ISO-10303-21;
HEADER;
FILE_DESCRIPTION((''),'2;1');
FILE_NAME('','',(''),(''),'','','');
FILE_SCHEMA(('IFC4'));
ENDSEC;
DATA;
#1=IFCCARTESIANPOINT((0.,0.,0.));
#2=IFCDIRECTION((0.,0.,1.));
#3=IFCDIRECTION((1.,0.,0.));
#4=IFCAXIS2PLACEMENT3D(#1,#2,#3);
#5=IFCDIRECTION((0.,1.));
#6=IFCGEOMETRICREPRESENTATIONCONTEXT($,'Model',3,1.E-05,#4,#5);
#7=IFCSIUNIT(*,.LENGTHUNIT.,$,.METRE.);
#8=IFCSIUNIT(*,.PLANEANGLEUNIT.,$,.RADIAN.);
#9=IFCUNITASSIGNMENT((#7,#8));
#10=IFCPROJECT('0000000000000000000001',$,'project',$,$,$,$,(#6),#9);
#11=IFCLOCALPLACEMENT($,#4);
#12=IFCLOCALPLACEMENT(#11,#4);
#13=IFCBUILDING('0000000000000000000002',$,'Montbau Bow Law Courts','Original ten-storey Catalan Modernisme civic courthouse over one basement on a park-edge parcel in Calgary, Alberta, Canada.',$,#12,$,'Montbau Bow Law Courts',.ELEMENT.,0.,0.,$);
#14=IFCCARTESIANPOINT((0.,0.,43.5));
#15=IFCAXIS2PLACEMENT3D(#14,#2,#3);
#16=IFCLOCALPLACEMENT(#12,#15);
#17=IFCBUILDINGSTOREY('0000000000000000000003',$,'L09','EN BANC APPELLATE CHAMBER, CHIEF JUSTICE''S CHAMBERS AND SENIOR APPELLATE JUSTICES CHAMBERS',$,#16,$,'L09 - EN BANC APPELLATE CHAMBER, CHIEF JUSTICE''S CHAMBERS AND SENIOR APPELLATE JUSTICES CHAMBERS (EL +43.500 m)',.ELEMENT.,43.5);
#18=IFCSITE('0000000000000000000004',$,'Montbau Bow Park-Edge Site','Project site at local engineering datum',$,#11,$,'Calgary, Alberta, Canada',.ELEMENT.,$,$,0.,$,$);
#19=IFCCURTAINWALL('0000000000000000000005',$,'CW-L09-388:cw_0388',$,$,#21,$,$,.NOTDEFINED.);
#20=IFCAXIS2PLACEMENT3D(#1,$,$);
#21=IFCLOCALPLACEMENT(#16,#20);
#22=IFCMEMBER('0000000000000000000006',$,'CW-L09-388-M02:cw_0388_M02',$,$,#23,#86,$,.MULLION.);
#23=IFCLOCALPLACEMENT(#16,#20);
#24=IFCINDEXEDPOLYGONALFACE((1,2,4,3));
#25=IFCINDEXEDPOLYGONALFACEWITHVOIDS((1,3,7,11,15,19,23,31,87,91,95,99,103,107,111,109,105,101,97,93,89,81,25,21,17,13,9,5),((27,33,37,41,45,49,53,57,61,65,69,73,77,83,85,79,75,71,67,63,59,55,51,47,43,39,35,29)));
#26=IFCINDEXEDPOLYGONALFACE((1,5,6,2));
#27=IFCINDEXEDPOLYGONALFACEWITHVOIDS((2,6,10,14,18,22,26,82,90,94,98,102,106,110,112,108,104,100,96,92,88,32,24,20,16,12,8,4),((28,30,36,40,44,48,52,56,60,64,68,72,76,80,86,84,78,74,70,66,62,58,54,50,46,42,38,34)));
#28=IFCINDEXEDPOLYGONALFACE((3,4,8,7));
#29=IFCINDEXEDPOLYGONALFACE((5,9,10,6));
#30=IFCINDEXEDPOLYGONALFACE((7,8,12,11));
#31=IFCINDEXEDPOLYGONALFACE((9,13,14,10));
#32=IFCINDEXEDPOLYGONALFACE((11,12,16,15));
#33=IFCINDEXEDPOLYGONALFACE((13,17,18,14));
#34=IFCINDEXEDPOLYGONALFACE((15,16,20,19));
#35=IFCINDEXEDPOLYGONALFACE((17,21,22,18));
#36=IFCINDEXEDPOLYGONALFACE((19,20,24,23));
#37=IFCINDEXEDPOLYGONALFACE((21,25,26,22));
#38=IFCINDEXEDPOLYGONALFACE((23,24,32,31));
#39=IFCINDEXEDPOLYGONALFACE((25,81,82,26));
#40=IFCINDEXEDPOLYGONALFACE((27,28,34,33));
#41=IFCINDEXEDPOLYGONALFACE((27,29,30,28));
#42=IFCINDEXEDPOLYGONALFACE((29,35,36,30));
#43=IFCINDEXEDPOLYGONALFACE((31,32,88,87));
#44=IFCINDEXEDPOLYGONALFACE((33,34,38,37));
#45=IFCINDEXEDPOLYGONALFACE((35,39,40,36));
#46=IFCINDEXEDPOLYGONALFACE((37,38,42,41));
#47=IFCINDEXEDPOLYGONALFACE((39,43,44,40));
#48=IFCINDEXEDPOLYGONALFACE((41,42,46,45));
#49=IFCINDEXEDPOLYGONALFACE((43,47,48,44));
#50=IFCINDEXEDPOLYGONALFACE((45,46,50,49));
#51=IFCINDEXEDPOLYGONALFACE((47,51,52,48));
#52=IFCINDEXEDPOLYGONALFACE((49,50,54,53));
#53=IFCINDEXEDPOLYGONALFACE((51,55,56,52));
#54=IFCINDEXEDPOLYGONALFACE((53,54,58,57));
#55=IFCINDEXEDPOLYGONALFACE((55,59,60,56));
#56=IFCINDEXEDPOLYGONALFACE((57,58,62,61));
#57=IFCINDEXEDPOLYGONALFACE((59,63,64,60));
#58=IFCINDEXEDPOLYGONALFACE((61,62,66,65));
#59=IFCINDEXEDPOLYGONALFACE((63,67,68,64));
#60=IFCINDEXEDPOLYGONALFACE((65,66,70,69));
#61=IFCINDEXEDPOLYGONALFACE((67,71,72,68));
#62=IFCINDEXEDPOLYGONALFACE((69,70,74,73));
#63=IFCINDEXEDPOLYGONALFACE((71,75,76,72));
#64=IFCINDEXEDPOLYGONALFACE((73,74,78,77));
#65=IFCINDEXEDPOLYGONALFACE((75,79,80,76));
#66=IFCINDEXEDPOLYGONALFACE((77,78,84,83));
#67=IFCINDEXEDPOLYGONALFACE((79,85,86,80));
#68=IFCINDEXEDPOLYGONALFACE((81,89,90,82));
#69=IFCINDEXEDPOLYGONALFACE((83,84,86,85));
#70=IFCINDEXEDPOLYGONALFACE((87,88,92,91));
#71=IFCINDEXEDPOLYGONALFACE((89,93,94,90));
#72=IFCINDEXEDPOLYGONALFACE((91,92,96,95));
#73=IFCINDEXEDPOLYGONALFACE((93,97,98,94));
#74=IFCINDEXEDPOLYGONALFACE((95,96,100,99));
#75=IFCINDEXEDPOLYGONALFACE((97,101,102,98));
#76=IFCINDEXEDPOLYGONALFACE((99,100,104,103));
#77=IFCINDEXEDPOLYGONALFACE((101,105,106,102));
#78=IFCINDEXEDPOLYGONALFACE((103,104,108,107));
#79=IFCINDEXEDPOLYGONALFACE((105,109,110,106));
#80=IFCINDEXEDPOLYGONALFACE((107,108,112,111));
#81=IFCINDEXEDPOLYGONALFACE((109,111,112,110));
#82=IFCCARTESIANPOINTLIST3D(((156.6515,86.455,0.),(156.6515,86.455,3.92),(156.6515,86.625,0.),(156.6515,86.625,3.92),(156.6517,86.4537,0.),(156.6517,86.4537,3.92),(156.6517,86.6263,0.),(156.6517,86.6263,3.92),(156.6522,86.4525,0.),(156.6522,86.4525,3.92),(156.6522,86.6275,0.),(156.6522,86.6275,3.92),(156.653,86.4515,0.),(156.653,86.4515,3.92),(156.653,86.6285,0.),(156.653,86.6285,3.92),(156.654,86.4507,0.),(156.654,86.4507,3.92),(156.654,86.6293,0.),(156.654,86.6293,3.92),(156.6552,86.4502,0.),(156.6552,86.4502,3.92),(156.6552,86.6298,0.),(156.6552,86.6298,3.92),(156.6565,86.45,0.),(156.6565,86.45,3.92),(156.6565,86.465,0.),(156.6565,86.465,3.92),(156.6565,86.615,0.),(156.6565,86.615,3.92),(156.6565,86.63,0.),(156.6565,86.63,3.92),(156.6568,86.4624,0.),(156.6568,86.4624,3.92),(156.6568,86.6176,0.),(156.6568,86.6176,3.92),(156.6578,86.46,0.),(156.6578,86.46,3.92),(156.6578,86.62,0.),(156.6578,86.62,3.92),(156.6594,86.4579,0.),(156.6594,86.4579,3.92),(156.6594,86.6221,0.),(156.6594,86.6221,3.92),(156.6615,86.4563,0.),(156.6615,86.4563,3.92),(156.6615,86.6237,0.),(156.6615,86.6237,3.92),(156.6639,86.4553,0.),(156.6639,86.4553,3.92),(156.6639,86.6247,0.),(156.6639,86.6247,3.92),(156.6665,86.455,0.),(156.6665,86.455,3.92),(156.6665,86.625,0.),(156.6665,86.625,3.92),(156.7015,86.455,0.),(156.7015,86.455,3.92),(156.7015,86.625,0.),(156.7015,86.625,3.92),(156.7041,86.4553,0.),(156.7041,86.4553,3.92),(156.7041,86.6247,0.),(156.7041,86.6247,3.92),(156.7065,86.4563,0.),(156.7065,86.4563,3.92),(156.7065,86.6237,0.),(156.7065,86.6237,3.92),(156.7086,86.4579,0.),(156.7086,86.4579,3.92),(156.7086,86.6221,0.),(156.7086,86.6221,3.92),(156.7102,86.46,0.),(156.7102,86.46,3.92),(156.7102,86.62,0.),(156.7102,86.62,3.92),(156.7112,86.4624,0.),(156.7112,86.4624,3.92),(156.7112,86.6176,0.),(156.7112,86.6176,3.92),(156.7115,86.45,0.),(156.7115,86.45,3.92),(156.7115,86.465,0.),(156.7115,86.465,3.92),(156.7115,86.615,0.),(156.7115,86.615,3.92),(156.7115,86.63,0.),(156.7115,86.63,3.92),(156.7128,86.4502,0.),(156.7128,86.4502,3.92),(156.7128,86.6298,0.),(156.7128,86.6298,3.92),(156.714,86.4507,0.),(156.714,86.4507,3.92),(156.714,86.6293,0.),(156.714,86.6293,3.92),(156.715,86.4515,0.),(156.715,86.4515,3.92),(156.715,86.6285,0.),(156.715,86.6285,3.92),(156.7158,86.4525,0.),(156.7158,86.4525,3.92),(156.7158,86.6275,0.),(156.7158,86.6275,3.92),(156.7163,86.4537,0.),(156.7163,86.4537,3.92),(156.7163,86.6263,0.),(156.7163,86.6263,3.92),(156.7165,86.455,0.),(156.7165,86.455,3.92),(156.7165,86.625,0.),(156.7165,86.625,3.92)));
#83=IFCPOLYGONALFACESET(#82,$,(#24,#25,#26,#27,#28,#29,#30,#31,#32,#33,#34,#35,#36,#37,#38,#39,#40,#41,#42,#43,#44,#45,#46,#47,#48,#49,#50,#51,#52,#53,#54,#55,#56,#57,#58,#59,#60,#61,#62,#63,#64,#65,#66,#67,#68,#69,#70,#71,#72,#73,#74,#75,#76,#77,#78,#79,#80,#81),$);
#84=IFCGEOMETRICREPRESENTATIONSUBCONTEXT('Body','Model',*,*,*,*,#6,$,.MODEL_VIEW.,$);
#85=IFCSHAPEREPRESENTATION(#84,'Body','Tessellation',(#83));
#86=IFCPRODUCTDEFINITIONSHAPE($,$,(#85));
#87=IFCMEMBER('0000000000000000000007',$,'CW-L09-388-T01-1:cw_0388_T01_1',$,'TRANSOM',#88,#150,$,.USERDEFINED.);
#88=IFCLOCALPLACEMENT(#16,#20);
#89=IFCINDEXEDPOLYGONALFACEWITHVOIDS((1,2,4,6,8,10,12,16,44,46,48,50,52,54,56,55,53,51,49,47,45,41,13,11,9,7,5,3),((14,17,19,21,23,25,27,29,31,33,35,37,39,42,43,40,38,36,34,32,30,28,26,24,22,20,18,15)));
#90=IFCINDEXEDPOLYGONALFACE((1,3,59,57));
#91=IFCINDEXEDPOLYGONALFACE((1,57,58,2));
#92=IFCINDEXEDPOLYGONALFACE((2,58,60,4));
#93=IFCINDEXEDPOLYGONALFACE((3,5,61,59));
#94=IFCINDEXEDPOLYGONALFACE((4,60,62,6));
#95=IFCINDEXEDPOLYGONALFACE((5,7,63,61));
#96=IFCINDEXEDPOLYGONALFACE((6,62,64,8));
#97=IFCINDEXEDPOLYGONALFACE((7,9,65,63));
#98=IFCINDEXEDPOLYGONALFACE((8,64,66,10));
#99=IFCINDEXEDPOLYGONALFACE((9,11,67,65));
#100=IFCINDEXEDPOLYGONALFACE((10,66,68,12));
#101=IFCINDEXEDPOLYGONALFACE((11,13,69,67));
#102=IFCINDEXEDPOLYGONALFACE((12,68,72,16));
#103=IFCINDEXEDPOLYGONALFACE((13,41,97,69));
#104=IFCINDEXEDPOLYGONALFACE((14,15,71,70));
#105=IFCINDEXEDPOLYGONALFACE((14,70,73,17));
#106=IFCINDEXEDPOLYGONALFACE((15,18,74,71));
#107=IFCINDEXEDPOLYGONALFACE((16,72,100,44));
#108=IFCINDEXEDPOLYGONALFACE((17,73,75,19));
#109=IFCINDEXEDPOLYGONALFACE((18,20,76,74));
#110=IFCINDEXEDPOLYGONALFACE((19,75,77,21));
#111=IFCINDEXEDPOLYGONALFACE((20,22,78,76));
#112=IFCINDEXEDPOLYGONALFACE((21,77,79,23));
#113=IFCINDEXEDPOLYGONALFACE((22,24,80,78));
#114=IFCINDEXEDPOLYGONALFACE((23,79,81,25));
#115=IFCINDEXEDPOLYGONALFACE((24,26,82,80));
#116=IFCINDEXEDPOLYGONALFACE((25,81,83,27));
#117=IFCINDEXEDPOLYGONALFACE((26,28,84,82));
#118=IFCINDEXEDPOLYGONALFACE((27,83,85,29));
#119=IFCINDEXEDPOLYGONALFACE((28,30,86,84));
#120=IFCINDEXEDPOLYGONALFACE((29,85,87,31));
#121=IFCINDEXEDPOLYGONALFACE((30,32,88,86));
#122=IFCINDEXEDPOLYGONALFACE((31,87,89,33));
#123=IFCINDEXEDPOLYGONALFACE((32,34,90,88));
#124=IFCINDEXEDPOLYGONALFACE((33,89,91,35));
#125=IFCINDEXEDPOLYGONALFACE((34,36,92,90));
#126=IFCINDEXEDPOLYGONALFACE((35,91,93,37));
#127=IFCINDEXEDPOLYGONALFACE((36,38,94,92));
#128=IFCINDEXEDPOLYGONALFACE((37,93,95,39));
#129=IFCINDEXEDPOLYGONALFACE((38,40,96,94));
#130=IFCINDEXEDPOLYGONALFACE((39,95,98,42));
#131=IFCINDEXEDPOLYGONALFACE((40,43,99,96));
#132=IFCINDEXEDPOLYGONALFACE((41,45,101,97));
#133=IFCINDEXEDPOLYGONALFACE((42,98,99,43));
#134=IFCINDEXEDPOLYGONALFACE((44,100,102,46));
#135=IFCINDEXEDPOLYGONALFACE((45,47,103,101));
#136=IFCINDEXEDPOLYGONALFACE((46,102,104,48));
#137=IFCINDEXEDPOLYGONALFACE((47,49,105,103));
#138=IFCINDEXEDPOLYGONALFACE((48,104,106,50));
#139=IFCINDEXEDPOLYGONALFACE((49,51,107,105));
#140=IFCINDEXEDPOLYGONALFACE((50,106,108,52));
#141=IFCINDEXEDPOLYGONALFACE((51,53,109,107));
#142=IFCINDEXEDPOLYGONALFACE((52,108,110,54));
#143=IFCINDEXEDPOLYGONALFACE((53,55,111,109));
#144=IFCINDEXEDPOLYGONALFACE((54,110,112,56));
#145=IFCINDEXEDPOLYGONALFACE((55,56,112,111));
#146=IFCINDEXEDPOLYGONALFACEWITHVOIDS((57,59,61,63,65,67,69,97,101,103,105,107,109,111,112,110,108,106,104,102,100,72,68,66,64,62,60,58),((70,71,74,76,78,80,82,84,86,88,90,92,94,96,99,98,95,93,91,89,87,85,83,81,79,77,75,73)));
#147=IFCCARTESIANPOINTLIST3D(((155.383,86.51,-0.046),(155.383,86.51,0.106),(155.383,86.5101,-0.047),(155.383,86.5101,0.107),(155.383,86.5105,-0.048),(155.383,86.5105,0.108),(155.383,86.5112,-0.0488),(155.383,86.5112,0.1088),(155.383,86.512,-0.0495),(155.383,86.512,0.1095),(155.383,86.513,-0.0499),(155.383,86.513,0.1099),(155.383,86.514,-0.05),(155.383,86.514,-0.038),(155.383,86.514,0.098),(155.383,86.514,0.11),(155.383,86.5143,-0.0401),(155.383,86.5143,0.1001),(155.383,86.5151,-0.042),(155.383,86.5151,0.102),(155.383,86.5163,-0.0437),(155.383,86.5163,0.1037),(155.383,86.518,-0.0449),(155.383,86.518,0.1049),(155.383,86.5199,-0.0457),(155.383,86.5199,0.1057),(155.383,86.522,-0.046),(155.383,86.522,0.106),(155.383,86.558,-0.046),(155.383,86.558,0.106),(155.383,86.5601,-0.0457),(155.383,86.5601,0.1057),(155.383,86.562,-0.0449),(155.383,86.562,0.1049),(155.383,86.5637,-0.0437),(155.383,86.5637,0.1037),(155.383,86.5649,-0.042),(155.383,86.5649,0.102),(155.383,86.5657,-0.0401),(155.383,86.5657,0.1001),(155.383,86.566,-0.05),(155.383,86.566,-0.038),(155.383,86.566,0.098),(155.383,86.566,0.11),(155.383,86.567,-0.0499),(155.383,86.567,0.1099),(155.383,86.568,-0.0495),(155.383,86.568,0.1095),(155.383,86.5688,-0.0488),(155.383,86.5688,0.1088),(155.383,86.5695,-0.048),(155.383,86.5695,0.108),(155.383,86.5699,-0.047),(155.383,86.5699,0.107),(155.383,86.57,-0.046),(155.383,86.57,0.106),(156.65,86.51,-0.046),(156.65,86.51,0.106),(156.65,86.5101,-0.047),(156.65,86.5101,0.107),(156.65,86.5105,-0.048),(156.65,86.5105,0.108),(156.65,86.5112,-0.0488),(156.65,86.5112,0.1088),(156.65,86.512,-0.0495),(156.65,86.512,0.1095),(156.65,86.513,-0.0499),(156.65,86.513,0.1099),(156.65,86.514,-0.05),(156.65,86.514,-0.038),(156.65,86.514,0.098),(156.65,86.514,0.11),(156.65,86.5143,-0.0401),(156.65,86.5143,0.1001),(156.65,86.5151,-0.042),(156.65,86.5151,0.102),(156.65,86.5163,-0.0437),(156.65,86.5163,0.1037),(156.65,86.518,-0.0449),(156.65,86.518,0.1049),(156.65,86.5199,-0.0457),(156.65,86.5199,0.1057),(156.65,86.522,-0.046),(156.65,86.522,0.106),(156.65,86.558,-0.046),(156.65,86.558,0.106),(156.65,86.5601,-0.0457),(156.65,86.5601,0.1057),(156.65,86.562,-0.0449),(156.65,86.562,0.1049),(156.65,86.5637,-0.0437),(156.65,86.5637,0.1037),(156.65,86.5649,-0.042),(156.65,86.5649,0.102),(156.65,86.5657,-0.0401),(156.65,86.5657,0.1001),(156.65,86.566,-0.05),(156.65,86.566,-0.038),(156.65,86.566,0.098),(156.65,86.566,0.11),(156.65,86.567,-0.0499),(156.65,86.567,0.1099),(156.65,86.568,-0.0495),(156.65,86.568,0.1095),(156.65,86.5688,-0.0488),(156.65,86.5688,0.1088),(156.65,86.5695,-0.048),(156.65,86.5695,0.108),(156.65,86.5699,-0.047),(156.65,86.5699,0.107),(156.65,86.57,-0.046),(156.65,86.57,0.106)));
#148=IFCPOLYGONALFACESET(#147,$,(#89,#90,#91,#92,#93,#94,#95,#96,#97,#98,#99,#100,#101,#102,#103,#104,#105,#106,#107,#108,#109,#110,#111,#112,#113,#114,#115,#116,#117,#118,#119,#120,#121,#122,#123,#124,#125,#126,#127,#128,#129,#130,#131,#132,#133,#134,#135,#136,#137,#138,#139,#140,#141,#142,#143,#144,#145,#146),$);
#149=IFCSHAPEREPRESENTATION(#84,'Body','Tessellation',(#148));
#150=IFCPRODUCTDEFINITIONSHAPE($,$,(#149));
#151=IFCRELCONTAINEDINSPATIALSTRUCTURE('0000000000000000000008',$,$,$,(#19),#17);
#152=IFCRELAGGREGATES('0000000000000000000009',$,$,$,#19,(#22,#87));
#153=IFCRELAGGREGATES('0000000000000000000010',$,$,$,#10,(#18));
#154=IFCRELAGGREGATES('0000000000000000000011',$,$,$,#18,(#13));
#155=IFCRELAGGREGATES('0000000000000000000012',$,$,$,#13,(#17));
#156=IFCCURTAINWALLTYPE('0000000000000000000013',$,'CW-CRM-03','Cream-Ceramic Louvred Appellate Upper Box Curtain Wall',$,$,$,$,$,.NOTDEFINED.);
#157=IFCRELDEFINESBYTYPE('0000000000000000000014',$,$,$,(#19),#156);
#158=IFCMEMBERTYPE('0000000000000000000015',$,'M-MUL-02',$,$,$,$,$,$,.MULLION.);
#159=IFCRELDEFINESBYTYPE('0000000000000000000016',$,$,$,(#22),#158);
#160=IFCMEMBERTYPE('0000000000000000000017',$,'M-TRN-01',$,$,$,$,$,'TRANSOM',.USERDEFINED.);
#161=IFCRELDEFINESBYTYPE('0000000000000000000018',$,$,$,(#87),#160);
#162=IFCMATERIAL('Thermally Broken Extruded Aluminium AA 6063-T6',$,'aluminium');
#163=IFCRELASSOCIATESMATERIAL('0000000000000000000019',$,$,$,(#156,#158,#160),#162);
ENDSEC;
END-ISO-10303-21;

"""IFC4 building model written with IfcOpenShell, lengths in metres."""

from ifc_helpers import new_model, si_unit, direction, frame, origin_with_axes, origin_2d_with_axis, place, context, subcontext, project, spatial, hollow_rectangle, extrude, material, material_profile, profile_set, type_object, element, aggregate, save


model = new_model("IFC4")

# Units and contexts
model_context = context("Model", 3, precision=1e-05, world=origin_with_axes(), true_north=direction((0.0, 1.0)))
body_context = subcontext(model_context, "Body", "Model", "MODEL_VIEW")
ifc_project = project(units=[si_unit("LENGTHUNIT", "METRE"), si_unit("PLANEANGLEUNIT", "RADIAN")], contexts=[model_context])

# Site, building, storey
site_placement = place(None, origin_with_axes())
site = spatial("IfcSite", under=ifc_project, at=site_placement, Name="Montbau Bow Park-Edge Site", Description="Project site at local engineering datum", LongName="Calgary, Alberta, Canada", CompositionType="ELEMENT", RefElevation=0.0)
building_placement = place(site_placement, origin_with_axes())
building = spatial("IfcBuilding", under=site, at=building_placement, Name="Montbau Bow Law Courts", Description="Original ten-storey Catalan Modernisme civic courthouse over one basement on a park-edge parcel in Calgary, Alberta, Canada.", LongName="Montbau Bow Law Courts", CompositionType="ELEMENT", ElevationOfRefHeight=0.0, ElevationOfTerrain=0.0)
storey_placement = place(building_placement, frame((0.0, 0.0, 43.5), z_axis=(0.0, 0.0, 1.0), x_axis=(1.0, 0.0, 0.0)))
storey = spatial("IfcBuildingStorey", under=building, at=storey_placement, Name="L09", Description="EN BANC APPELLATE CHAMBER, CHIEF JUSTICE'S CHAMBERS AND SENIOR APPELLATE JUSTICES CHAMBERS", LongName="L09 - EN BANC APPELLATE CHAMBER, CHIEF JUSTICE'S CHAMBERS AND SENIOR APPELLATE JUSTICES CHAMBERS (EL +43.500 m)", CompositionType="ELEMENT", Elevation=43.5)

# Curtain wall, members
ifc_material_1 = material(Name="Thermally Broken Extruded Aluminium AA 6063-T6", Category="aluminium")
curtain_wall_type = type_object("IfcCurtainWallType", Name="CW-CRM-03", Description="Cream-Ceramic Louvred Appellate Upper Box Curtain Wall", PredefinedType="NOTDEFINED", material=ifc_material_1)
curtain_wall_placement = place(None, frame((155.315, 86.54, 43.5), z_axis=(0.0, 0.0, 1.0), x_axis=(1.0, 0.0, 0.0)))
curtain_wall = element("IfcCurtainWall", 1, at=curtain_wall_placement, inside=storey, type_object=curtain_wall_type, Name="CW-L09-388:cw_0388", PredefinedType="NOTDEFINED")
ifc_material_profile_1 = material_profile(ifc_material_1, hollow_rectangle(XDim=0.065, YDim=0.18, WallThickness=0.005, InnerFilletRadius=0.01, OuterFilletRadius=0.005, at=origin_2d_with_axis()), Name="CWM-180X65", Category="Main", Priority=0)
ifc_profile_set_1 = profile_set([ifc_material_profile_1], Name="Thermally Broken Extruded Aluminium AA 6063-T6")
member_type_1 = type_object("IfcMemberType", Name="M-MUL-02", PredefinedType="MULLION", material=ifc_profile_set_1)
member_1_placement = place(None, frame((156.684, 86.54, 43.5), z_axis=(0.0, 0.0, 1.0), x_axis=(1.0, 0.0, 0.0)))
member_1 = element("IfcMember", 2, at=member_1_placement, type_object=member_type_1, Name="CW-L09-388-M02:cw_0388_M02", PredefinedType="MULLION", context=body_context, shape_type="SweptSolid", body=[
    extrude(hollow_rectangle(XDim=0.065, YDim=0.18, WallThickness=0.005, InnerFilletRadius=0.01, OuterFilletRadius=0.005, at=origin_2d_with_axis()), origin_with_axes(), (0.0, 0.0, 1.0), 3.92),
])
ifc_material_profile_2 = material_profile(ifc_material_1, hollow_rectangle(XDim=0.06, YDim=0.16, WallThickness=0.004, InnerFilletRadius=0.008, OuterFilletRadius=0.004, at=origin_2d_with_axis()), Name="CWT-160X60", Category="Main", Priority=0)
ifc_profile_set_2 = profile_set([ifc_material_profile_2], Name="Thermally Broken Extruded Aluminium AA 6063-T6")
member_type_2 = type_object("IfcMemberType", Name="M-TRN-01", ElementType="TRANSOM", PredefinedType="USERDEFINED", material=ifc_profile_set_2)
member_2_placement = place(None, frame((155.383, 86.54, 43.53), z_axis=(1.0, 0.0, 0.0), x_axis=(0.0, 1.0, 0.0)))
member_2 = element("IfcMember", 3, at=member_2_placement, type_object=member_type_2, Name="CW-L09-388-T01-1:cw_0388_T01_1", ObjectType="TRANSOM", PredefinedType="USERDEFINED", context=body_context, shape_type="SweptSolid", body=[
    extrude(hollow_rectangle(XDim=0.06, YDim=0.16, WallThickness=0.004, InnerFilletRadius=0.008, OuterFilletRadius=0.004, at=origin_2d_with_axis()), origin_with_axes(), (0.0, 0.0, 1.0), 1.267),
])
aggregate(curtain_wall, [member_1, member_2])

save(model, "model.ifc")
